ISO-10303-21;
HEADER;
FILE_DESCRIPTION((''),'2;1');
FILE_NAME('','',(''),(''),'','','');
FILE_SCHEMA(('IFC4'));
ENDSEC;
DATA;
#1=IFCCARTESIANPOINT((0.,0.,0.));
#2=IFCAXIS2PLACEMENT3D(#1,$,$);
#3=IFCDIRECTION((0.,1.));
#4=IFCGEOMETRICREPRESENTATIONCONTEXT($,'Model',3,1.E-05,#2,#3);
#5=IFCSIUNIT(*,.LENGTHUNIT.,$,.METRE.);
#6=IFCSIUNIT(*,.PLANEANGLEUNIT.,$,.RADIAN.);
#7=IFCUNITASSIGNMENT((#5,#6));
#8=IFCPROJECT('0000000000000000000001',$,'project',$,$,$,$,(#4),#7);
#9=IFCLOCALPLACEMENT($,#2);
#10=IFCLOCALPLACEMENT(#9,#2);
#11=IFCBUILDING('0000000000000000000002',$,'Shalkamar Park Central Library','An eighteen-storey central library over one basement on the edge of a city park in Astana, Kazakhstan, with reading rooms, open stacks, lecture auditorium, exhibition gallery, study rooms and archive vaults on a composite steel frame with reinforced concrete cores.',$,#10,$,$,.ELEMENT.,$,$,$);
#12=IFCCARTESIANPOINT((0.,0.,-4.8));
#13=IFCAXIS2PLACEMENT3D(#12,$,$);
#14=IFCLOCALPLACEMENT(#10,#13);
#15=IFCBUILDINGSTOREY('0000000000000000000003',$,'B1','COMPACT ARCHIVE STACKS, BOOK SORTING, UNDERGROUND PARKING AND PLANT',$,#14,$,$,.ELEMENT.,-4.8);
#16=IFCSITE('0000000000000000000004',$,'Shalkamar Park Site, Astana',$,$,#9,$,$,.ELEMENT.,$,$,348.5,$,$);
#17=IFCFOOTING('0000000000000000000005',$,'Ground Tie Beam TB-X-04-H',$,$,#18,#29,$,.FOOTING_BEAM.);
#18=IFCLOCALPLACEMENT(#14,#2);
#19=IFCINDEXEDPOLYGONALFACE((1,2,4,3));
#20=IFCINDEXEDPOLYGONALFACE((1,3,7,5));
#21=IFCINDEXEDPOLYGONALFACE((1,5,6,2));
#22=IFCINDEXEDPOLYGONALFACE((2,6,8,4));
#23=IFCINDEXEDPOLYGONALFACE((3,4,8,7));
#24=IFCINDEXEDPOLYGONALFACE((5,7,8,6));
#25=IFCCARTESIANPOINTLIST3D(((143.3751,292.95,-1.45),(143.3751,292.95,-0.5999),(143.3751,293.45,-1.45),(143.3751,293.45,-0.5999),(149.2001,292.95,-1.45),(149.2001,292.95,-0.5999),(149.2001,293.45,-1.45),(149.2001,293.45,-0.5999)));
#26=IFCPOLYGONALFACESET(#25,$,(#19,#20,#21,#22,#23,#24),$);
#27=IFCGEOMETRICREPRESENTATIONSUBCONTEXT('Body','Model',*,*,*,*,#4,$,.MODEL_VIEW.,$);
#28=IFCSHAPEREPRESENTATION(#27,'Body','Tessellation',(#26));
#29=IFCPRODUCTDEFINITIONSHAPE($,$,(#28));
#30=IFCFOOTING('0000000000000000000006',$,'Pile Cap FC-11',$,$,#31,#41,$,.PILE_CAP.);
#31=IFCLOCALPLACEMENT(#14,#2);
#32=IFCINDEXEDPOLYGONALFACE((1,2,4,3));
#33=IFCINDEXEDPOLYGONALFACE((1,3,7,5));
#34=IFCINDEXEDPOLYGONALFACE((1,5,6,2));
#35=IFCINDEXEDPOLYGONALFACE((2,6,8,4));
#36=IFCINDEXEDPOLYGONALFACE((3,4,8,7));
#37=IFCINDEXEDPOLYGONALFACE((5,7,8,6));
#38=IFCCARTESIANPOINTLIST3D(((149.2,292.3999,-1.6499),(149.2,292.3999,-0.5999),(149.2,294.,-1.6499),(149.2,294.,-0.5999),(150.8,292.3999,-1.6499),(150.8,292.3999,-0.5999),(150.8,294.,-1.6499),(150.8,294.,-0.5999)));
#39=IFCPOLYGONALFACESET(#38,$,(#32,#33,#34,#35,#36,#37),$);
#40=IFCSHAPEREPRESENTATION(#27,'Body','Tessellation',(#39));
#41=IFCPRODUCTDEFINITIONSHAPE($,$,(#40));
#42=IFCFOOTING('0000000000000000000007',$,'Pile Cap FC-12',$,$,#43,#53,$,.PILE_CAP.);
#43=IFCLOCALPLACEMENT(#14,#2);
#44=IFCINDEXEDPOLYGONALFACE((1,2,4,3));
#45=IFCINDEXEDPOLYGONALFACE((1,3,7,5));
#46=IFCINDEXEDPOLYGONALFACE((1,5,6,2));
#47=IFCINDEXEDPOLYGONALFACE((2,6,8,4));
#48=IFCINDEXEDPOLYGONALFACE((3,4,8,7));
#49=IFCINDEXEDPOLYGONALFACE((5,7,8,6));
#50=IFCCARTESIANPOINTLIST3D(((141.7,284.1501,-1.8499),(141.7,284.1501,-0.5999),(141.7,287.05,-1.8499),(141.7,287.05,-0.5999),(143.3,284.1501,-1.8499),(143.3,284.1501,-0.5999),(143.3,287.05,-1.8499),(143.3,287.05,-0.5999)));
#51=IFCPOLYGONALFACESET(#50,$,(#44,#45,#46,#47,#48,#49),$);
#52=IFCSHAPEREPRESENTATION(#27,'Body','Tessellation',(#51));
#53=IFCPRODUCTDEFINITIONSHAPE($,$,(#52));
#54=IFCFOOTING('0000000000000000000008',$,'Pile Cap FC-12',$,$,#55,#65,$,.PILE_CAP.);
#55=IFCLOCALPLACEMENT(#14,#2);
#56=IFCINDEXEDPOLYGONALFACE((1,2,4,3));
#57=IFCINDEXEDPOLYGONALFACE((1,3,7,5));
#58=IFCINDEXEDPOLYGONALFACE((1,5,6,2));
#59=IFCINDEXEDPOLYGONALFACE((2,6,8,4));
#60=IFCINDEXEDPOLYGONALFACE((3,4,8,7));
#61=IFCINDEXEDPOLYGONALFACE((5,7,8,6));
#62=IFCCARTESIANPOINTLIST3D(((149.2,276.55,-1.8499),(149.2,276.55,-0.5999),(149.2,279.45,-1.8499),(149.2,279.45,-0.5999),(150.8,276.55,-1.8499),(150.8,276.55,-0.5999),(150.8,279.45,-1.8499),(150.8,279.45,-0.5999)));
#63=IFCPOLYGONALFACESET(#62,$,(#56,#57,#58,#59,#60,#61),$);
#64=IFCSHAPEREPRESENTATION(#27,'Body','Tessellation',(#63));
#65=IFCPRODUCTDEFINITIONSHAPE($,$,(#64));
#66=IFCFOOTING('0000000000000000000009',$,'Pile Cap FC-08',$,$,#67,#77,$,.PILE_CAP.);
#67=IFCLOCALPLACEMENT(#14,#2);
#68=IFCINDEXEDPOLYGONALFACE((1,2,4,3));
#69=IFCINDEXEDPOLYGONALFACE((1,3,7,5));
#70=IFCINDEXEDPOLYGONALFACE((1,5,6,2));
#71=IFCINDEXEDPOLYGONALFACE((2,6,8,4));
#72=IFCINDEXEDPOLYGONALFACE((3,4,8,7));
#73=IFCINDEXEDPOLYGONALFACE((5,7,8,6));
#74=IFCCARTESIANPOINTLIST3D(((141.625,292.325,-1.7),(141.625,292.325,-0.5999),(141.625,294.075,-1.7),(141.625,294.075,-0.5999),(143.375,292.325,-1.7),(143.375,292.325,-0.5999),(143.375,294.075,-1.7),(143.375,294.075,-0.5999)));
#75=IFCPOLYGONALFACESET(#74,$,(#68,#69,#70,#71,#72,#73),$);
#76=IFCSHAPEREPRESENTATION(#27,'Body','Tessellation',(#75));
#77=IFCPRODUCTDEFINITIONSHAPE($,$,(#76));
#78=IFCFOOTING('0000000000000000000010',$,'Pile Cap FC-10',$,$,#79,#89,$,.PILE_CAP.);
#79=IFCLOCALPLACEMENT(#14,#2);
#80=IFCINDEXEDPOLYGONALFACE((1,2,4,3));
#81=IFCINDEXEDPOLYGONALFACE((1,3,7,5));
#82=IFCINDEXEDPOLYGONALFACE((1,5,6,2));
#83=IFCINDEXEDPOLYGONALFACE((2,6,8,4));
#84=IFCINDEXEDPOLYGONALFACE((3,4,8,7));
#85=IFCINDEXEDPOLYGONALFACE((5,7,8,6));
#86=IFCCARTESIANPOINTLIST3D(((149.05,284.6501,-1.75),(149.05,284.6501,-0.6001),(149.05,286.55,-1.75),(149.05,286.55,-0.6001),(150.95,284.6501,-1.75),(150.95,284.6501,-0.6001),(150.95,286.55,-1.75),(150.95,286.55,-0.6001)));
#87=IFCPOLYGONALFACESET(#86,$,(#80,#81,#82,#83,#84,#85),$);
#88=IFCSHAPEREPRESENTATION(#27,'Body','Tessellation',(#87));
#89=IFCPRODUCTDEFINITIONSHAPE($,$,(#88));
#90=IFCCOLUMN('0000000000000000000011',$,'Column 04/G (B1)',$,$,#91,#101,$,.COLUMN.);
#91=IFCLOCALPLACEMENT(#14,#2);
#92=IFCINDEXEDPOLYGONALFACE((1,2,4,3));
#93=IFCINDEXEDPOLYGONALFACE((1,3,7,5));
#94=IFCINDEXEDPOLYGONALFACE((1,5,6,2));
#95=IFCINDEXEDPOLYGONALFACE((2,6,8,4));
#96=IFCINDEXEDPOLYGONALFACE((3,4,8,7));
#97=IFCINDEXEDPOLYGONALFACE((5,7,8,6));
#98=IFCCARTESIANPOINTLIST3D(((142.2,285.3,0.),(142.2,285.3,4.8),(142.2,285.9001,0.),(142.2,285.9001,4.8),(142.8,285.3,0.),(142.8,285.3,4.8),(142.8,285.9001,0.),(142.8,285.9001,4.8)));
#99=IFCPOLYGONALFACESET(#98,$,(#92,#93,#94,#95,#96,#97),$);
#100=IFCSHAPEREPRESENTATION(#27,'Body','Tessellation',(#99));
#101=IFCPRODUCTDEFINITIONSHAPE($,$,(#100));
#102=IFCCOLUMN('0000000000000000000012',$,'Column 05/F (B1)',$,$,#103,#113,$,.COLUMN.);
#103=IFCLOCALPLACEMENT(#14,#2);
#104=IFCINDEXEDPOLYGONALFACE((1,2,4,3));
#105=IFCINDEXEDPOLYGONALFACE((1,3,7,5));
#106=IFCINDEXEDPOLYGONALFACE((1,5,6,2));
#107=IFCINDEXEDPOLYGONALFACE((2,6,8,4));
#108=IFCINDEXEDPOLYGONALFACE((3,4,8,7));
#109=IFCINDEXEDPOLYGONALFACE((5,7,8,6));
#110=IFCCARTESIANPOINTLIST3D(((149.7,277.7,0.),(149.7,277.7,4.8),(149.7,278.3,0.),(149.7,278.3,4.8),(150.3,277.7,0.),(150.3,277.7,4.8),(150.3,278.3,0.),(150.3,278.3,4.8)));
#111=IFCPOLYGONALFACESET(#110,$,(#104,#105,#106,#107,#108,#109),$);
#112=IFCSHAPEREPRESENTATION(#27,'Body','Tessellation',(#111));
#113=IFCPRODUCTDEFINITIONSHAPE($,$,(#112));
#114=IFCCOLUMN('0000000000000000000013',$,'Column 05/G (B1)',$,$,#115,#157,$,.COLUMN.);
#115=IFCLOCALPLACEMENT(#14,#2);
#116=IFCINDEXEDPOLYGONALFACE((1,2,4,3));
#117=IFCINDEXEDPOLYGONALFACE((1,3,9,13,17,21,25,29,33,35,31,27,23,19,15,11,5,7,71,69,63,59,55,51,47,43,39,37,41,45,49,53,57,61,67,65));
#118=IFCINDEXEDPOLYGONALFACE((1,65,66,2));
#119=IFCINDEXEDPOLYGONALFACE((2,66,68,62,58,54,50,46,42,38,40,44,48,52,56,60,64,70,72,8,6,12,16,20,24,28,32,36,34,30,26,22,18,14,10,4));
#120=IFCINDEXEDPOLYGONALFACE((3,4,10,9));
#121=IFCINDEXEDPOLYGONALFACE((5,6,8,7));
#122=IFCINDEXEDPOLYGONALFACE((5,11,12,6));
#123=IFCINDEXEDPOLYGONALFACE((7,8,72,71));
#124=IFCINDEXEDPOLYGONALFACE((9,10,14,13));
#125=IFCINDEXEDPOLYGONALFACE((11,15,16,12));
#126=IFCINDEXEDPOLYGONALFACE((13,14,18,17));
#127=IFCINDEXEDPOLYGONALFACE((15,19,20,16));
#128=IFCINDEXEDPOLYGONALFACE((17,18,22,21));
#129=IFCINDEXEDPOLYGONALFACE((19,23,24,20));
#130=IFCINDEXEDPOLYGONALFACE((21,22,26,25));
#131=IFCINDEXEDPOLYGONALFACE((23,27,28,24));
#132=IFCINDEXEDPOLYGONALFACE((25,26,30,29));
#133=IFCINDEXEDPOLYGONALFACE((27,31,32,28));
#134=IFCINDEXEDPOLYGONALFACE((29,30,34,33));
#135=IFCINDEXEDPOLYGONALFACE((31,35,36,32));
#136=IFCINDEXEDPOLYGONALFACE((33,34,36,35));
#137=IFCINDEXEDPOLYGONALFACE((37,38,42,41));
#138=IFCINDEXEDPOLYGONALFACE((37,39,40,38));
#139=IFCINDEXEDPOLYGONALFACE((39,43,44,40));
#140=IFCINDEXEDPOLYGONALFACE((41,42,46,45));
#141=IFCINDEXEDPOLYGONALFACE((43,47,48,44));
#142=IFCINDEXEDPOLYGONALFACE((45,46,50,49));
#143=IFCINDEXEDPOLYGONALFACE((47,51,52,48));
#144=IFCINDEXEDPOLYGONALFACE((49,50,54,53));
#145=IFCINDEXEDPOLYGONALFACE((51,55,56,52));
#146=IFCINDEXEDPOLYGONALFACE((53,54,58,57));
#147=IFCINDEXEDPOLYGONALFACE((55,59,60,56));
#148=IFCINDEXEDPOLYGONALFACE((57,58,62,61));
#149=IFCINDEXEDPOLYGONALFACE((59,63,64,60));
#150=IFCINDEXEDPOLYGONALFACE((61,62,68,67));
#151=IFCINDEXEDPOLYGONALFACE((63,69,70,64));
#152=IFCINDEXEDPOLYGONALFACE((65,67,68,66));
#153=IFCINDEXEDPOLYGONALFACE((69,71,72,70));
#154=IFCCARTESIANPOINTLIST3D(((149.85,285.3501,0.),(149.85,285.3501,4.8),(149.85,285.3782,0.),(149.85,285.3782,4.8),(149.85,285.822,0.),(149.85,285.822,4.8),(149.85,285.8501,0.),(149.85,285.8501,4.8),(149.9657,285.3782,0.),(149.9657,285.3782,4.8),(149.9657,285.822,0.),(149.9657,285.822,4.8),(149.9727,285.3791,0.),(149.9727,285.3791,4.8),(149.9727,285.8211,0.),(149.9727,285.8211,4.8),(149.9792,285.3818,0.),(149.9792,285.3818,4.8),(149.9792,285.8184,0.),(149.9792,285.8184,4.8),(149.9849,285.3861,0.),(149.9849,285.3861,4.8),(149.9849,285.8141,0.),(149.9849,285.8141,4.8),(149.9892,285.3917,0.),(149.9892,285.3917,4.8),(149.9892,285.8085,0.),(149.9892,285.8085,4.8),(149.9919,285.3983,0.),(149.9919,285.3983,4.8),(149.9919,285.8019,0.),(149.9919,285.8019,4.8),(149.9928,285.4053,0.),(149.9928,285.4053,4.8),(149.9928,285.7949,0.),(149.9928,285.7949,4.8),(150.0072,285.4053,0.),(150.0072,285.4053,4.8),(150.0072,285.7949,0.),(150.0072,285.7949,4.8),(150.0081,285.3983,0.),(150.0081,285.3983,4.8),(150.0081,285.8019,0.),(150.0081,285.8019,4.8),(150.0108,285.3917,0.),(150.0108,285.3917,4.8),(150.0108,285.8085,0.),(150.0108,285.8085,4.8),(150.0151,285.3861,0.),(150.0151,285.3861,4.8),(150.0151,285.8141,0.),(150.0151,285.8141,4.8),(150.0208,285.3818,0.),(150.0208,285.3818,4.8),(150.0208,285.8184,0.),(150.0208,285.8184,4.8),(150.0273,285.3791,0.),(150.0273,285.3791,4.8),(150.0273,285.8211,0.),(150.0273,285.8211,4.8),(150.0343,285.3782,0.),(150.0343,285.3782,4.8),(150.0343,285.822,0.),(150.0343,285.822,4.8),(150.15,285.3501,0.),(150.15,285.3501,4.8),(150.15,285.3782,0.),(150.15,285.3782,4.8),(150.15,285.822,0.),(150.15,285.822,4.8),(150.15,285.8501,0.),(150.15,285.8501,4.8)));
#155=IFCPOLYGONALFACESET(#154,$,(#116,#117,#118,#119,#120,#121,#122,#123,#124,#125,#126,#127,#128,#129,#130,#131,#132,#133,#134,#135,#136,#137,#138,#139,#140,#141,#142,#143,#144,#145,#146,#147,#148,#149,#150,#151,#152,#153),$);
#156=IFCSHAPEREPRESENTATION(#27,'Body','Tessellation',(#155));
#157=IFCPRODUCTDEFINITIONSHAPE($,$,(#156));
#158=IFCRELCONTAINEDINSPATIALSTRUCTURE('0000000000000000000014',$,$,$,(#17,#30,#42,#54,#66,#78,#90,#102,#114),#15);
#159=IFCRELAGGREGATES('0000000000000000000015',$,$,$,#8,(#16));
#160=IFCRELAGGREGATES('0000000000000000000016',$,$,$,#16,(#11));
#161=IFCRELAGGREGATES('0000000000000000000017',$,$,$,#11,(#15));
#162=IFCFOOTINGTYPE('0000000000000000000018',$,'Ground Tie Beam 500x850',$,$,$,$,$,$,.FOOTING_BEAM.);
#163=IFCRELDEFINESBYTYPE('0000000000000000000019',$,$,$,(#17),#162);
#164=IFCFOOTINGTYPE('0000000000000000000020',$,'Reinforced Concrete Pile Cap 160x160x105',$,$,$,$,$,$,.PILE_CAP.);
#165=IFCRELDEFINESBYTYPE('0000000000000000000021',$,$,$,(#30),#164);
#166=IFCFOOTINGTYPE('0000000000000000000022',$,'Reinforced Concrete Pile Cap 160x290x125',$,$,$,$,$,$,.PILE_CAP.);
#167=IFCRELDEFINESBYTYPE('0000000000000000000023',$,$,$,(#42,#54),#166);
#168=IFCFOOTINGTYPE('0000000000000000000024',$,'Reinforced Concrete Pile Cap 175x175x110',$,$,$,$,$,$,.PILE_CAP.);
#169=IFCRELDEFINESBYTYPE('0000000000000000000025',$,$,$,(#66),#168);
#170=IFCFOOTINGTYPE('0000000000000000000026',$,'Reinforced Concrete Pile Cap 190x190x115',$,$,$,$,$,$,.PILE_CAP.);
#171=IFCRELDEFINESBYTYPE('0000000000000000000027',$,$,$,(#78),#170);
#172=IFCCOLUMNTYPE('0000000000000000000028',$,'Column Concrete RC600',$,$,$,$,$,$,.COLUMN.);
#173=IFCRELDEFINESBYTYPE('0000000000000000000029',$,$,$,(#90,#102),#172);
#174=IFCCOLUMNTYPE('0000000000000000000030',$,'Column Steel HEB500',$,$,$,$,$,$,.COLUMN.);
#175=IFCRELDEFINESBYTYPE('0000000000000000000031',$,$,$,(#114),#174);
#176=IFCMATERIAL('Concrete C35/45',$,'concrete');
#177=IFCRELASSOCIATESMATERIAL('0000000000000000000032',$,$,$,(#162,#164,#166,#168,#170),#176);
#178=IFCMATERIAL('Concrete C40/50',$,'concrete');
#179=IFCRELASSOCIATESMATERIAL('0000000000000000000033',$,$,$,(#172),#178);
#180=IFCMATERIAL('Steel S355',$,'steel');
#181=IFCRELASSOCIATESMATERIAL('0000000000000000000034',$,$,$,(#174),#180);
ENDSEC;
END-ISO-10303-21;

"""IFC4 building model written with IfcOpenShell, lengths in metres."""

from ifc_helpers import new_model, si_unit, direction, frame, origin, origin_2d, place, context, subcontext, project, spatial, rectangle, i_section, extrude, material, material_profile, profile_set, type_object, element, save


model = new_model("IFC4")

# Units and contexts
model_context = context("Model", 3, precision=1e-05, world=origin(), true_north=direction((0.0, 1.0)))
body_context = subcontext(model_context, "Body", "Model", "MODEL_VIEW")
ifc_project = project(units=[si_unit("LENGTHUNIT", "METRE"), si_unit("PLANEANGLEUNIT", "RADIAN")], contexts=[model_context])

# Site, building, storey
site_placement = place(None, origin())
site = spatial("IfcSite", under=ifc_project, at=site_placement, Name="Shalkamar Park Site, Astana", CompositionType="ELEMENT", RefElevation=348.5)
building_placement = place(site_placement, origin())
building = spatial("IfcBuilding", under=site, at=building_placement, Name="Shalkamar Park Central Library", Description="An eighteen-storey central library over one basement on the edge of a city park in Astana, Kazakhstan, with reading rooms, open stacks, lecture auditorium, exhibition gallery, study rooms and archive vaults on a composite steel frame with reinforced concrete cores.", CompositionType="ELEMENT")
storey_placement = place(building_placement, frame((0.0, 0.0, -4.8)))
storey = spatial("IfcBuildingStorey", under=building, at=storey_placement, Name="B1", Description="COMPACT ARCHIVE STACKS, BOOK SORTING, UNDERGROUND PARKING AND PLANT", CompositionType="ELEMENT", Elevation=-4.8)

# Shared definitions
ifc_material_1 = material(Name="Concrete C35/45", Category="concrete")

# Footings
footing_type_1 = type_object("IfcFootingType", Name="Ground Tie Beam 500x850", PredefinedType="FOOTING_BEAM", material=ifc_material_1)
footing_1_placement = place(storey_placement, frame((146.2876, 293.2, -1.45), z_axis=(0.0, 0.0, 1.0), x_axis=(1.0, 0.0, 0.0)))
element("IfcFooting", 1, at=footing_1_placement, inside=storey, type_object=footing_type_1, Name="Ground Tie Beam TB-X-04-H", PredefinedType="FOOTING_BEAM", context=body_context, shape_type="SweptSolid", body=[
    extrude(rectangle(XDim=5.825, YDim=0.5, at=origin_2d()), origin(), (0.0, 0.0, 1.0), 0.8501),
])
footing_type_2 = type_object("IfcFootingType", Name="Reinforced Concrete Pile Cap 160x160x105", PredefinedType="PILE_CAP", material=ifc_material_1)
footing_2_placement = place(storey_placement, frame((150.0, 293.2, -1.6499), z_axis=(0.0, 0.0, 1.0), x_axis=(1.0, 0.0, 0.0)))
element("IfcFooting", 2, at=footing_2_placement, inside=storey, type_object=footing_type_2, Name="Pile Cap FC-11", PredefinedType="PILE_CAP", context=body_context, shape_type="SweptSolid", body=[
    extrude(rectangle(XDim=1.6001, YDim=1.6001, at=origin_2d()), origin(), (0.0, 0.0, 1.0), 1.05),
])
footing_type_3 = type_object("IfcFootingType", Name="Reinforced Concrete Pile Cap 160x290x125", PredefinedType="PILE_CAP", material=ifc_material_1)
for number, where, z_axis, x_axis, name in (
    (3, (142.5, 285.6001, -1.8499), (0.0, 0.0, 1.0), (1.0, 0.0, 0.0), "Pile Cap FC-12"),
    (4, (150.0, 278.0, -1.8499), (0.0, 0.0, 1.0), (1.0, 0.0, 0.0), "Pile Cap FC-12"),
):
    element("IfcFooting", number, at=place(storey_placement, frame(where, z_axis=z_axis, x_axis=x_axis)), inside=storey, type_object=footing_type_3, Name=name, PredefinedType="PILE_CAP", context=body_context, shape_type="SweptSolid", body=[
        extrude(rectangle(XDim=1.6001, YDim=2.8999, at=origin_2d()), origin(), (0.0, 0.0, 1.0), 1.25),
    ])
footing_type_4 = type_object("IfcFootingType", Name="Reinforced Concrete Pile Cap 175x175x110", PredefinedType="PILE_CAP", material=ifc_material_1)
footing_3_placement = place(storey_placement, frame((142.5, 293.2, -1.7), z_axis=(0.0, 0.0, 1.0), x_axis=(1.0, 0.0, 0.0)))
element("IfcFooting", 5, at=footing_3_placement, inside=storey, type_object=footing_type_4, Name="Pile Cap FC-08", PredefinedType="PILE_CAP", context=body_context, shape_type="SweptSolid", body=[
    extrude(rectangle(XDim=1.75, YDim=1.75, at=origin_2d()), origin(), (0.0, 0.0, 1.0), 1.1001),
])
footing_type_5 = type_object("IfcFootingType", Name="Reinforced Concrete Pile Cap 190x190x115", PredefinedType="PILE_CAP", material=ifc_material_1)
footing_4_placement = place(storey_placement, frame((150.0, 285.6001, -1.75), z_axis=(0.0, 0.0, 1.0), x_axis=(1.0, 0.0, 0.0)))
element("IfcFooting", 6, at=footing_4_placement, inside=storey, type_object=footing_type_5, Name="Pile Cap FC-10", PredefinedType="PILE_CAP", context=body_context, shape_type="SweptSolid", body=[
    extrude(rectangle(XDim=1.8999, YDim=1.8999, at=origin_2d()), origin(), (0.0, 0.0, 1.0), 1.1499),
])

# Columns
ifc_material_2 = material(Name="Concrete C40/50", Category="concrete")
ifc_material_profile_1 = material_profile(ifc_material_2, rectangle(XDim=0.6001, YDim=0.6001, at=origin_2d()), Name="RC 600x600")
ifc_profile_set_1 = profile_set([ifc_material_profile_1], Name="Concrete C40/50")
column_type_1 = type_object("IfcColumnType", Name="Column Concrete RC600", PredefinedType="COLUMN", material=ifc_profile_set_1)
for number, where, z_axis, x_axis, name in (
    (7, (142.5, 285.6001, 0.0), (0.0, 0.0, 1.0), (1.0, 0.0, 0.0), "Column 04/G (B1)"),
    (8, (150.0, 278.0, 0.0), (0.0, 0.0, 1.0), (1.0, 0.0, 0.0), "Column 05/F (B1)"),
):
    element("IfcColumn", number, at=place(storey_placement, frame(where, z_axis=z_axis, x_axis=x_axis)), inside=storey, type_object=column_type_1, Name=name, PredefinedType="COLUMN", context=body_context, shape_type="SweptSolid", body=[
        extrude(rectangle(XDim=0.6001, YDim=0.6001, at=origin_2d()), origin(), (0.0, 0.0, 1.0), 4.8),
    ])
ifc_material_3 = material(Name="Steel S355", Category="steel")
ifc_material_profile_2 = material_profile(ifc_material_3, i_section(OverallWidth=0.3, OverallDepth=0.5, WebThickness=0.0144, FlangeThickness=0.0281, FilletRadius=0.0271, at=origin_2d()), Name="HEB 500")
ifc_profile_set_2 = profile_set([ifc_material_profile_2], Name="Steel S355")
column_type_2 = type_object("IfcColumnType", Name="Column Steel HEB500", PredefinedType="COLUMN", material=ifc_profile_set_2)
column_placement = place(storey_placement, frame((150.0, 285.6001, 0.0), z_axis=(0.0, 0.0, 1.0), x_axis=(1.0, 0.0, 0.0)))
element("IfcColumn", 9, at=column_placement, inside=storey, type_object=column_type_2, Name="Column 05/G (B1)", PredefinedType="COLUMN", context=body_context, shape_type="SweptSolid", body=[
    extrude(i_section(OverallWidth=0.3, OverallDepth=0.5, WebThickness=0.0144, FlangeThickness=0.0281, FilletRadius=0.0271, at=origin_2d()), origin(), (0.0, 0.0, 1.0), 4.8),
])

save(model, "model.ifc")
